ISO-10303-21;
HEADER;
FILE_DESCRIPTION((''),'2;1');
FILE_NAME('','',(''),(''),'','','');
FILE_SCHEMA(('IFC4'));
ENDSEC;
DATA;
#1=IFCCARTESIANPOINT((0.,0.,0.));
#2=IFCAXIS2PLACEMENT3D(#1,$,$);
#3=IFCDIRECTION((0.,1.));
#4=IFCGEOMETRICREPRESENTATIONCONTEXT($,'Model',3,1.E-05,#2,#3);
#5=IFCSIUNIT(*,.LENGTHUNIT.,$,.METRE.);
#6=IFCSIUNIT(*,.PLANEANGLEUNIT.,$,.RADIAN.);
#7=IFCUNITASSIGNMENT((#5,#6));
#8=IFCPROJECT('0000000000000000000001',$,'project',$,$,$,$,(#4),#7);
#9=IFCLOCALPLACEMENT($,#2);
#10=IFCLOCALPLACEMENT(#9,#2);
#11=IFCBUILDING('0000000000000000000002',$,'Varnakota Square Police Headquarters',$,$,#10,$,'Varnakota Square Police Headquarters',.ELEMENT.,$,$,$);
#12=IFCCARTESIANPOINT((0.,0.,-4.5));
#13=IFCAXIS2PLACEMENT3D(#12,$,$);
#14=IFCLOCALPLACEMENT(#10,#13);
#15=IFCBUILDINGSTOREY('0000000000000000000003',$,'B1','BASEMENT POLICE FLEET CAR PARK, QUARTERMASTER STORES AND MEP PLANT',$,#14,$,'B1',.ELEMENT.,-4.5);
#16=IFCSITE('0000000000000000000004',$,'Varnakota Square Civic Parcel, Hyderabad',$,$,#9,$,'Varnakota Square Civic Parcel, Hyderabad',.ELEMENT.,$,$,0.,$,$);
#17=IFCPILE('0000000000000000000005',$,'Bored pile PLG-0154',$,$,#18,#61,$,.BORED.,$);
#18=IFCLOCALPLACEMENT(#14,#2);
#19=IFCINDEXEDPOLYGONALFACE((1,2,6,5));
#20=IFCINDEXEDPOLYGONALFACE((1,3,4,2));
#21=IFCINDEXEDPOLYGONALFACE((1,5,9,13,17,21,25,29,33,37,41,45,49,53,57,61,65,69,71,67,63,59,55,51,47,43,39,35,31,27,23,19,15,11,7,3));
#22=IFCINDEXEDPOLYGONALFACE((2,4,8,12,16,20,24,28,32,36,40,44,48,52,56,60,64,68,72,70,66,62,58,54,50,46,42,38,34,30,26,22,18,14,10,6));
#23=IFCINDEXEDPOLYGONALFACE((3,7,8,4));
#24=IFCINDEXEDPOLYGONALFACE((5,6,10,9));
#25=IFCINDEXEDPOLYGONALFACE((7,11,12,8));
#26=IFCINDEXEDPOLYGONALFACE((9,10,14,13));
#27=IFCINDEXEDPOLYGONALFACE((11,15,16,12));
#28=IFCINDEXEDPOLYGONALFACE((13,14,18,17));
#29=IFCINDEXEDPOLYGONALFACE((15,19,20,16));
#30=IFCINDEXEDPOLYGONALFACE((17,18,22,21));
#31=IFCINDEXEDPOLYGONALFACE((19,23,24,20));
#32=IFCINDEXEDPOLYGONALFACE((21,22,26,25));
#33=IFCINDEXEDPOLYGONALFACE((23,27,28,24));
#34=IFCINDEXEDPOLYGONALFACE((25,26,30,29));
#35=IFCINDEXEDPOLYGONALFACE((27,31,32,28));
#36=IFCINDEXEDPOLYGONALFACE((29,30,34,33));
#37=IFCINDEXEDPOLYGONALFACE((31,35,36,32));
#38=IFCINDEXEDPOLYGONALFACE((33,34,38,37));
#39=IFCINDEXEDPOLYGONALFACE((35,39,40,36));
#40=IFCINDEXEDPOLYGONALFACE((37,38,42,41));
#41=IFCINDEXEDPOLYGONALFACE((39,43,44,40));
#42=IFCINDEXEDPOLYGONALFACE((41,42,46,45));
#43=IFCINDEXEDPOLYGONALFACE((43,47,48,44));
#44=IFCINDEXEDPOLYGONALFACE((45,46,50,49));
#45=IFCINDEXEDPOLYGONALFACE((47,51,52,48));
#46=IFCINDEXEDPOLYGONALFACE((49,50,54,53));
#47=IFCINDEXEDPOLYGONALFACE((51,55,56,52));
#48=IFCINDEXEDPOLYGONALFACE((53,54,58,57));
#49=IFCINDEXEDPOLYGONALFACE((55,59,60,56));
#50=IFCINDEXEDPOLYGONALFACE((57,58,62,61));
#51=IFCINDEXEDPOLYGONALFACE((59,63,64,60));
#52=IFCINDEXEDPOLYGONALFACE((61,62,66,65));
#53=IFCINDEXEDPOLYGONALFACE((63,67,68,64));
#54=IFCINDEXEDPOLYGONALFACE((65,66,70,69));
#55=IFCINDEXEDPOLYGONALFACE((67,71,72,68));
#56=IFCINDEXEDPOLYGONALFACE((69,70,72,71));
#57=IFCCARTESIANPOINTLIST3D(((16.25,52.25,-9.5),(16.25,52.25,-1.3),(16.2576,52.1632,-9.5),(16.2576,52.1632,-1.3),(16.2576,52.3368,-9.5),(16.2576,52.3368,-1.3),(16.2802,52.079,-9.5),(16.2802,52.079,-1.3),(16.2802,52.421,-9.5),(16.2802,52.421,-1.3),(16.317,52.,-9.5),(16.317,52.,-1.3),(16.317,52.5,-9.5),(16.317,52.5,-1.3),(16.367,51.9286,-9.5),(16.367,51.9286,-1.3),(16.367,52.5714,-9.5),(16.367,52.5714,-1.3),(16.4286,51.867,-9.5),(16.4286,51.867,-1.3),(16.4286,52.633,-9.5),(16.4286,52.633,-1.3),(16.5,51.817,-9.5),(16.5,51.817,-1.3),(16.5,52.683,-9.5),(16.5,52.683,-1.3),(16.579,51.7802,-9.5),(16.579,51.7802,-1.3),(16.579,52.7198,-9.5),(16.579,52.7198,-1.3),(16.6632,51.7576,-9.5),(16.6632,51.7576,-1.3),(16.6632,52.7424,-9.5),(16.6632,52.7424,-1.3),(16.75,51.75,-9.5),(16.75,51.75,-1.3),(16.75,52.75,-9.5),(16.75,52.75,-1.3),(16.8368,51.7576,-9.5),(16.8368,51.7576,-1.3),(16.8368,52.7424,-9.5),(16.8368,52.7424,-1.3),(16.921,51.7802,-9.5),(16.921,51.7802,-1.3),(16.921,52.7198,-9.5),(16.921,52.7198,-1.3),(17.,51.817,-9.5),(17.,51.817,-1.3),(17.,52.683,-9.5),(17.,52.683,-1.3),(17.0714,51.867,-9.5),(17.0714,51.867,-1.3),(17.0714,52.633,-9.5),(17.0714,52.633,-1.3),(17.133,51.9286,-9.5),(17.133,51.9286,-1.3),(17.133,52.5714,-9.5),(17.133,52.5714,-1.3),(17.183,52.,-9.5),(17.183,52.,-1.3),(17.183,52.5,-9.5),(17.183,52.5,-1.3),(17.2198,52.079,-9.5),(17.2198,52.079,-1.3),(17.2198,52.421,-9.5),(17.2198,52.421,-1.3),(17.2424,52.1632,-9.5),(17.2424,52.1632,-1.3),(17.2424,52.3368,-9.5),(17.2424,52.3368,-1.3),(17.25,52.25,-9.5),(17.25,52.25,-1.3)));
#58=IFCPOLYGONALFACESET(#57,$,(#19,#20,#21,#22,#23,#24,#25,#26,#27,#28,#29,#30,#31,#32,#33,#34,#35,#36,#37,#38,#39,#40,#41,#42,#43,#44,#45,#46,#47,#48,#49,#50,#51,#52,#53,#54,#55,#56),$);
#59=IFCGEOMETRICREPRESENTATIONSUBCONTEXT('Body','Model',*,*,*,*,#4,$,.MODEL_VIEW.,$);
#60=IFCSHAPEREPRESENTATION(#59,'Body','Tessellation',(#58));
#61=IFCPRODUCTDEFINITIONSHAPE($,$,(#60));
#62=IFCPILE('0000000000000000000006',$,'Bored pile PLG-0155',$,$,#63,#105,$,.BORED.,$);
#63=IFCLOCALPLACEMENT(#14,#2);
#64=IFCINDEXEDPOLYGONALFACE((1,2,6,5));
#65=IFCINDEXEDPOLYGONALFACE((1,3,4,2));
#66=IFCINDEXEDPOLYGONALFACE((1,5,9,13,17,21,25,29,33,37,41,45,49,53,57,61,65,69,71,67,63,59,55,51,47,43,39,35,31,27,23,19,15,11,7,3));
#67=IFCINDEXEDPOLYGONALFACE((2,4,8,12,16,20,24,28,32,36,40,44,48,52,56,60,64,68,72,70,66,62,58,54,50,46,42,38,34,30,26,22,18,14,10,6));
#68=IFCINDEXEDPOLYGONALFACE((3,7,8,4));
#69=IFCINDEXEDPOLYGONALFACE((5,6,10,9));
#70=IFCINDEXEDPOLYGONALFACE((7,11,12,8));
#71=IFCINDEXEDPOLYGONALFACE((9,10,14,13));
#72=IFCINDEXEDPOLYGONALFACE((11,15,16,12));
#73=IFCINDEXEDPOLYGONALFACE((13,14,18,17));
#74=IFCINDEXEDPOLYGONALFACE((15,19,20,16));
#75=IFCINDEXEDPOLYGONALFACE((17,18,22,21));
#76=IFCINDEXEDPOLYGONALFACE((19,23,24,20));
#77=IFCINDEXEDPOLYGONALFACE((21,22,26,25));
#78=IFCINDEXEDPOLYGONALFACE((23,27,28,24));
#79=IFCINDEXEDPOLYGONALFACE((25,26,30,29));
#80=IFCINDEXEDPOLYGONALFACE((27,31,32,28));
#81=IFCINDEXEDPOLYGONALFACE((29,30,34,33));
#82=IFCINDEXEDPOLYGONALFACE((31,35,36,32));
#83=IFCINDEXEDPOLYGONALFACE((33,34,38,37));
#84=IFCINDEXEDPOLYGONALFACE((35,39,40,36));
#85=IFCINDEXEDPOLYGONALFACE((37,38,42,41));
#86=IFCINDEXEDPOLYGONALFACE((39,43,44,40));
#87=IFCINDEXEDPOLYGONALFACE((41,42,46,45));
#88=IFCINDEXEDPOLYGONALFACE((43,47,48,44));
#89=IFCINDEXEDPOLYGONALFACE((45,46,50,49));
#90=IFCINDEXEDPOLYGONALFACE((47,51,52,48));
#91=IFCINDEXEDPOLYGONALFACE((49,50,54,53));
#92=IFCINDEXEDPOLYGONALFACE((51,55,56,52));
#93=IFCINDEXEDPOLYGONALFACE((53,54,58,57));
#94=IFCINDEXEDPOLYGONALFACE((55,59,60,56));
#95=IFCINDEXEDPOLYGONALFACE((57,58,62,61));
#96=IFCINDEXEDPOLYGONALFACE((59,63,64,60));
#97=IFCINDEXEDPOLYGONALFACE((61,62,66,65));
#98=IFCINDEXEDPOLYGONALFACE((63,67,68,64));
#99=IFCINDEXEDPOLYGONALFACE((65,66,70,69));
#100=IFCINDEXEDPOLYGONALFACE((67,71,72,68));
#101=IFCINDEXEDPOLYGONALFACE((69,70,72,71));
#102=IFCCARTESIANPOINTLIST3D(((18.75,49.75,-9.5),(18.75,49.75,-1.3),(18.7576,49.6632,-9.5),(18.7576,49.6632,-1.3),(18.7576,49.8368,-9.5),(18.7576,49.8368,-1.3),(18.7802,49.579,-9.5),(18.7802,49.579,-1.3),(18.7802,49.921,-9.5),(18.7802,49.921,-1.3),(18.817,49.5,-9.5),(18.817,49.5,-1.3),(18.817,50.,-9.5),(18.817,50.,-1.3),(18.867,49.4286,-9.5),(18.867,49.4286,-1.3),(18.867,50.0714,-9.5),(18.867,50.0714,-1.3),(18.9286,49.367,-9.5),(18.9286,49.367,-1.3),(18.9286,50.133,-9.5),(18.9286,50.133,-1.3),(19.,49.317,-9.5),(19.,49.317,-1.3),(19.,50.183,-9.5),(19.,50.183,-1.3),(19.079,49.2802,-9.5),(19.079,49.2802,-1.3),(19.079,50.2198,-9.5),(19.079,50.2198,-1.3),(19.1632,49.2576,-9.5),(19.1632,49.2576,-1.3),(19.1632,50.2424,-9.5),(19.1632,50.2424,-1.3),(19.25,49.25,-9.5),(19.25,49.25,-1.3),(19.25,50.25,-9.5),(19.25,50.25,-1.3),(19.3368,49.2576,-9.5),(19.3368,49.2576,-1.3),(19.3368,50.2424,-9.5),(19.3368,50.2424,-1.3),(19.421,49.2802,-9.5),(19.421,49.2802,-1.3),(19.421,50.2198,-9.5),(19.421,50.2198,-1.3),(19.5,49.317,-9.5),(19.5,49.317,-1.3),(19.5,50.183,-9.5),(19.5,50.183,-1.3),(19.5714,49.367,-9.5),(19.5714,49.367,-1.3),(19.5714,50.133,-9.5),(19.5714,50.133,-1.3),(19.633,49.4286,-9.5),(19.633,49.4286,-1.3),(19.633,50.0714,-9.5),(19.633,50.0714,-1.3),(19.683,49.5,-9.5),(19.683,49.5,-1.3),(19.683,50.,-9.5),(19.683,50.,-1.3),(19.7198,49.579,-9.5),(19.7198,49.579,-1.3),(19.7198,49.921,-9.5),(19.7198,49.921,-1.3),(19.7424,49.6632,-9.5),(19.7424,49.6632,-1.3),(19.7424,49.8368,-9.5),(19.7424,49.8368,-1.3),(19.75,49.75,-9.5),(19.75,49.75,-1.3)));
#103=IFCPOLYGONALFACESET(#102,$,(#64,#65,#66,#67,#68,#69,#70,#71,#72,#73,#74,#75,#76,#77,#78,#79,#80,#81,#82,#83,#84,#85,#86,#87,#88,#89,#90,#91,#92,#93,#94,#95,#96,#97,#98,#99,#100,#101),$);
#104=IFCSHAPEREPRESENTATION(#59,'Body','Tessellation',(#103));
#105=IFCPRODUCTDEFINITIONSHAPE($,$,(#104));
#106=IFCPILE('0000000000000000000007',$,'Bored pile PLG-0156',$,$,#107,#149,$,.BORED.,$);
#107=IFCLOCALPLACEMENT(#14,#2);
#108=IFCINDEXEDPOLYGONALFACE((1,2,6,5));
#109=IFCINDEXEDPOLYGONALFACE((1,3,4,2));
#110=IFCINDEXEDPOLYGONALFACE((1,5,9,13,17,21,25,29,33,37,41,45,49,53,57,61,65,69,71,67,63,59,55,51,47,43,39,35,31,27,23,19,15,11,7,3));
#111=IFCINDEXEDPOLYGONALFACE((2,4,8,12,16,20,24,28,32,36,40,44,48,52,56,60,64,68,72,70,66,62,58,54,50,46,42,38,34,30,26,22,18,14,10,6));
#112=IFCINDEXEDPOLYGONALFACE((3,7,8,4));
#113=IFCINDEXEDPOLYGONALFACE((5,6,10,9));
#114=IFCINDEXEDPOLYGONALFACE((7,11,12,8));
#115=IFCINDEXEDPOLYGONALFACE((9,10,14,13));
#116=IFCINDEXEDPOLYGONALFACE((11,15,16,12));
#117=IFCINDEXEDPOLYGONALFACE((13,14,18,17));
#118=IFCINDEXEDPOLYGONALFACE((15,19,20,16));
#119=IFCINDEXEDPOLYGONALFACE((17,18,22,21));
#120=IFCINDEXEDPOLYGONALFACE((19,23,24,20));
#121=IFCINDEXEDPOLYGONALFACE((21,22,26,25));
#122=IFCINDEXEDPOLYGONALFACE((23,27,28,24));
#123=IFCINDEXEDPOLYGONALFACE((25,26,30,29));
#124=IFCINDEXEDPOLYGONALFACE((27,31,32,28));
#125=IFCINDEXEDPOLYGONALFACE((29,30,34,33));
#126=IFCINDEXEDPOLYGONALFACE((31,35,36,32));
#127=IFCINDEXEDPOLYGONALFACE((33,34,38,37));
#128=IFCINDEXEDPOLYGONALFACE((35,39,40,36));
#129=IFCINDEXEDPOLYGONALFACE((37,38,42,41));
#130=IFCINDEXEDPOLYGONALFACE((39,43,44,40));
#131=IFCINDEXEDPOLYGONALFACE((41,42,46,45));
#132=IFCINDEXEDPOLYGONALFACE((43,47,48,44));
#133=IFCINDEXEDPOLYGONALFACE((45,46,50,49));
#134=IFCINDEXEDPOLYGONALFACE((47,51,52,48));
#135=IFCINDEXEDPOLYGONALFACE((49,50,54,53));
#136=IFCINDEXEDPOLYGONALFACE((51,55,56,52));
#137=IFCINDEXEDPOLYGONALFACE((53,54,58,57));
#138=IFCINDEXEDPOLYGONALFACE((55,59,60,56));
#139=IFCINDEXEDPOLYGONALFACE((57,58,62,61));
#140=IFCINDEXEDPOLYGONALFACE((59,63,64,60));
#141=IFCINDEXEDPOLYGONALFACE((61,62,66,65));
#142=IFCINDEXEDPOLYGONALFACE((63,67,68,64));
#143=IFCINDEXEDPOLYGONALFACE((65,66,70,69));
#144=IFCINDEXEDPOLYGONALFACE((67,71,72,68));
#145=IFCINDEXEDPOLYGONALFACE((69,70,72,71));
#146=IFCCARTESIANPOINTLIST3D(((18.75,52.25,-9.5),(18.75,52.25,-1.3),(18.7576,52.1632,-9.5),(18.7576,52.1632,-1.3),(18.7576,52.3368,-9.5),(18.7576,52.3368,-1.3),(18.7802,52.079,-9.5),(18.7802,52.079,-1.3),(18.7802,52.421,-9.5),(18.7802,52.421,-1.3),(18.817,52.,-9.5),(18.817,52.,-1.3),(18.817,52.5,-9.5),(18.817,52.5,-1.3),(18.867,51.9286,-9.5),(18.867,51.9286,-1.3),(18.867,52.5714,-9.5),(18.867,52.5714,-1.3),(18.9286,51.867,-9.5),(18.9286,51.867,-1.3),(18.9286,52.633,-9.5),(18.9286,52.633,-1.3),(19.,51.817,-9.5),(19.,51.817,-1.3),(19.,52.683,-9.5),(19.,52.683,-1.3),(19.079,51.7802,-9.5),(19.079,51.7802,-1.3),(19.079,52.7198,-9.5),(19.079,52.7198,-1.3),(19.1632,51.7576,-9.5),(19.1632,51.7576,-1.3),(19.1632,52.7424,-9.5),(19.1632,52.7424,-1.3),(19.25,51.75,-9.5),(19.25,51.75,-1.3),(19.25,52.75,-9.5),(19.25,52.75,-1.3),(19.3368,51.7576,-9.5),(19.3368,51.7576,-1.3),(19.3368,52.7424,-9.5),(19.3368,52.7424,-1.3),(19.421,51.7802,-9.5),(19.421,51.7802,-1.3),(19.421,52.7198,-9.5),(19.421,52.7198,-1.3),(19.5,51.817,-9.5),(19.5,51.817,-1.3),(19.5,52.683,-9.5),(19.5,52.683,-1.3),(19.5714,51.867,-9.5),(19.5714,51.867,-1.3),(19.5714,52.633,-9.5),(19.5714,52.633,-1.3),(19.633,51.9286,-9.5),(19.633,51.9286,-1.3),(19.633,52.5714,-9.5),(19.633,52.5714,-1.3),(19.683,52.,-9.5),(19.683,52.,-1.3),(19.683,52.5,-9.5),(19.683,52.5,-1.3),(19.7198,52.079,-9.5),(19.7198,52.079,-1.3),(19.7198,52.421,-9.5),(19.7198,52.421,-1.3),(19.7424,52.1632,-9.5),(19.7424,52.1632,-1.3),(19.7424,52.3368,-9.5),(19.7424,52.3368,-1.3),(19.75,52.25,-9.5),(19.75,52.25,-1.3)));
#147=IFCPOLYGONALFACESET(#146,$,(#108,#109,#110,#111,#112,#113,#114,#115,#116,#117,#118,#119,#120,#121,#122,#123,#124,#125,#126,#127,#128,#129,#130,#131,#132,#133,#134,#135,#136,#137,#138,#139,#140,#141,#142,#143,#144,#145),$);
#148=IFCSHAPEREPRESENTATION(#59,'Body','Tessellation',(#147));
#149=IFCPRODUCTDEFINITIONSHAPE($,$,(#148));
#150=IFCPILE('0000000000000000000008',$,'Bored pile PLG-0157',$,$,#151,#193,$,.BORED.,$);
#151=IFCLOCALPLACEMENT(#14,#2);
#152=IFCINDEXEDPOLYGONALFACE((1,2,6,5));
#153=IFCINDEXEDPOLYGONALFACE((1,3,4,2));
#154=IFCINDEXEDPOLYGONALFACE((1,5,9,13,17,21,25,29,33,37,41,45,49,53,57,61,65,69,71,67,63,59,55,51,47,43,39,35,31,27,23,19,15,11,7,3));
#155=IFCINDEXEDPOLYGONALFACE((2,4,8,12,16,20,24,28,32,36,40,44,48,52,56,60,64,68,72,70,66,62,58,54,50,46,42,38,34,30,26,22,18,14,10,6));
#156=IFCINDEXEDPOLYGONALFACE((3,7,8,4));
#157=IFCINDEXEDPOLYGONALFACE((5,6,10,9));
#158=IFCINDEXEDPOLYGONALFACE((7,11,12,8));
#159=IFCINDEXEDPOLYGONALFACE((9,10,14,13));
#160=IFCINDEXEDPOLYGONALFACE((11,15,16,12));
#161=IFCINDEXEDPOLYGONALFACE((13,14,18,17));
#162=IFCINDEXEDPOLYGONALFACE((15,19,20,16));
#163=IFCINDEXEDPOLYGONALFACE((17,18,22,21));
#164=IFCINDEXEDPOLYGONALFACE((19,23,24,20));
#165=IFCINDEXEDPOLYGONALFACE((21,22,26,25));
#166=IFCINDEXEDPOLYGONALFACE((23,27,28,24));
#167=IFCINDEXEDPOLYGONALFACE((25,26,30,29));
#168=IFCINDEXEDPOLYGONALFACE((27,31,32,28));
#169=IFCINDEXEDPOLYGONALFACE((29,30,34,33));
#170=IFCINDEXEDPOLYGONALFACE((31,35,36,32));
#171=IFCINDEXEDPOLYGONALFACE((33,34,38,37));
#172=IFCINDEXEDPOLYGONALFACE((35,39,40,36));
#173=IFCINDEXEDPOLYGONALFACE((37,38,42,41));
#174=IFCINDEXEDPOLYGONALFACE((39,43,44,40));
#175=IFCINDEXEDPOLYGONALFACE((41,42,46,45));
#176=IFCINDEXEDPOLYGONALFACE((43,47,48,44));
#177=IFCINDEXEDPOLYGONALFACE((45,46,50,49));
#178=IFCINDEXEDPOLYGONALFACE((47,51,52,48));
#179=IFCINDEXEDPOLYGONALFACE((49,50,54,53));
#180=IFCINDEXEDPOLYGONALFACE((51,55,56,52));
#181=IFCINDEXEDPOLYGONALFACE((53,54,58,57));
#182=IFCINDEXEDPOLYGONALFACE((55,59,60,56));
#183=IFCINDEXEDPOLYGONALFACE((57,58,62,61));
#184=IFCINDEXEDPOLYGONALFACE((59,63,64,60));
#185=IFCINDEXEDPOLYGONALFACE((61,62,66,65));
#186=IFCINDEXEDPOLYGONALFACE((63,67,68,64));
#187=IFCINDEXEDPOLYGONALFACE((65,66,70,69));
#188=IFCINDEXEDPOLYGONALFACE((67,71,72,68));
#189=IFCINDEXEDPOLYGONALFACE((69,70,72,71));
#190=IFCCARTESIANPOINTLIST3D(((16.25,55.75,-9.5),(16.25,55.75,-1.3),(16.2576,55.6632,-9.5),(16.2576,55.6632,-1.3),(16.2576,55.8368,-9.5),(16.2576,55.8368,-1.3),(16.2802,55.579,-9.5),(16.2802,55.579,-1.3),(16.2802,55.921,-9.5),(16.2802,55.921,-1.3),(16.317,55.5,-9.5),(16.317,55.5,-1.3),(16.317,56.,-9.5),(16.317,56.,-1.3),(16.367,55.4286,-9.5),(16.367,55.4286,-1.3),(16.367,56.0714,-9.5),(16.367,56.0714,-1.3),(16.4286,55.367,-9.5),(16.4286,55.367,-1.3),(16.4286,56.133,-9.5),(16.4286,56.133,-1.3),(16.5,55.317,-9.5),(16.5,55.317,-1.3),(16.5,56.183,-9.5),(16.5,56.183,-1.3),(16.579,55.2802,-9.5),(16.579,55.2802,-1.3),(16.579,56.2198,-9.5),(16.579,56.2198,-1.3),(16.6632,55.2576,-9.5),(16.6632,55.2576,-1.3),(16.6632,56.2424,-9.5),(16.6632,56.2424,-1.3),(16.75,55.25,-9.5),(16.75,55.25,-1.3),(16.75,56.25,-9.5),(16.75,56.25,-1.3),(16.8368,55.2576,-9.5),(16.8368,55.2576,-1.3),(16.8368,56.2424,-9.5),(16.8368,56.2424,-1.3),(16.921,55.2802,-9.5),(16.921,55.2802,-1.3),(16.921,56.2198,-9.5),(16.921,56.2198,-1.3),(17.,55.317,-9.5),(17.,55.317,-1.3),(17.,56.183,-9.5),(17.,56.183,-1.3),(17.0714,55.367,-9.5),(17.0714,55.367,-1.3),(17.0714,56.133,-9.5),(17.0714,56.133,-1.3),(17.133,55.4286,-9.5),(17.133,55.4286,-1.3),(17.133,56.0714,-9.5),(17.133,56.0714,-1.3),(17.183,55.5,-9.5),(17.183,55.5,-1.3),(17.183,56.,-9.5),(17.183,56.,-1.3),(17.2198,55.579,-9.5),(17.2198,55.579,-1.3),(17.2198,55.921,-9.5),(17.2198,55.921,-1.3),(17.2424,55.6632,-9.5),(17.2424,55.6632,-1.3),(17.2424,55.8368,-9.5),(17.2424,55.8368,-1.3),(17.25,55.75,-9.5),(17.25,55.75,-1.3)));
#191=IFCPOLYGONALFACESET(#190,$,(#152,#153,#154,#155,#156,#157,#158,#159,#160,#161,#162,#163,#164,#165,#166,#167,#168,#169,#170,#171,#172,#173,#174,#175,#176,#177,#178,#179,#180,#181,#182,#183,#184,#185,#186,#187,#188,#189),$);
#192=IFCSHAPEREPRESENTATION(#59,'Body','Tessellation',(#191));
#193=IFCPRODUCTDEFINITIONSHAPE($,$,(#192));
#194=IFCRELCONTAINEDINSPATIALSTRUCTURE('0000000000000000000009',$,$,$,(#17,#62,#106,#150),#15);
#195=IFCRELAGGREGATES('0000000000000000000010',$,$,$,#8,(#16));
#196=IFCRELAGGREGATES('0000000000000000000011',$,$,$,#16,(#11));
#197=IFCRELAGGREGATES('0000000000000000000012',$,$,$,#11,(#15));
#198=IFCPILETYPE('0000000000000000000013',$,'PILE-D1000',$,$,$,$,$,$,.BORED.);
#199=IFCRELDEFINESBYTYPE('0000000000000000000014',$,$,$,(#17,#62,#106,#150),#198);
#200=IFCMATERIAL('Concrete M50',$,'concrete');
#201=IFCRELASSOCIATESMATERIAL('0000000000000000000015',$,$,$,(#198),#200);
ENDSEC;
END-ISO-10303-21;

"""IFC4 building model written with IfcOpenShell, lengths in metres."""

from ifc_helpers import new_model, si_unit, direction, frame, origin, origin_2d, place, context, subcontext, project, spatial, circle, extrude, material, material_profile, profile_set, type_object, element, save


model = new_model("IFC4")

# Units and contexts
model_context = context("Model", 3, precision=1e-05, world=origin(), true_north=direction((0.0, 1.0)))
body_context = subcontext(model_context, "Body", "Model", "MODEL_VIEW")
ifc_project = project(units=[si_unit("LENGTHUNIT", "METRE"), si_unit("PLANEANGLEUNIT", "RADIAN")], contexts=[model_context])

# Site, building, storey
site_placement = place(None, origin())
site = spatial("IfcSite", under=ifc_project, at=site_placement, Name="Varnakota Square Civic Parcel, Hyderabad", LongName="Varnakota Square Civic Parcel, Hyderabad", CompositionType="ELEMENT", RefElevation=0.0)
building_placement = place(site_placement, origin())
building = spatial("IfcBuilding", under=site, at=building_placement, Name="Varnakota Square Police Headquarters", LongName="Varnakota Square Police Headquarters", CompositionType="ELEMENT")
storey_placement = place(building_placement, frame((0.0, 0.0, -4.5)))
storey = spatial("IfcBuildingStorey", under=building, at=storey_placement, Name="B1", Description="BASEMENT POLICE FLEET CAR PARK, QUARTERMASTER STORES AND MEP PLANT", LongName="B1", CompositionType="ELEMENT", Elevation=-4.5)

# Shared definitions
ifc_material_1 = material(Name="Concrete M50", Category="concrete")

# Piles
ifc_material_profile_1 = material_profile(ifc_material_1, circle(Radius=0.5, at=origin_2d()), Name="BORED PILE 1000")
ifc_profile_set_1 = profile_set([ifc_material_profile_1], Name="Concrete M50")
pile_type = type_object("IfcPileType", Name="PILE-D1000", PredefinedType="BORED", material=ifc_profile_set_1)
for number, where, z_axis, x_axis, name in (
    (1, (16.75, 52.25, -1.3), (0.0, 0.0, -1.0), (1.0, 0.0, 0.0), "Bored pile PLG-0154"),
    (2, (19.25, 49.75, -1.3), (0.0, 0.0, -1.0), (1.0, 0.0, 0.0), "Bored pile PLG-0155"),
    (3, (19.25, 52.25, -1.3), (0.0, 0.0, -1.0), (1.0, 0.0, 0.0), "Bored pile PLG-0156"),
    (4, (16.75, 55.75, -1.3), (0.0, 0.0, -1.0), (1.0, 0.0, 0.0), "Bored pile PLG-0157"),
):
    element("IfcPile", number, at=place(storey_placement, frame(where, z_axis=z_axis, x_axis=x_axis)), inside=storey, type_object=pile_type, Name=name, PredefinedType="BORED", context=body_context, shape_type="SweptSolid", body=[
        extrude(circle(Radius=0.5, at=origin_2d()), origin(), (0.0, 0.0, 1.0), 8.2),
    ])

save(model, "model.ifc")
